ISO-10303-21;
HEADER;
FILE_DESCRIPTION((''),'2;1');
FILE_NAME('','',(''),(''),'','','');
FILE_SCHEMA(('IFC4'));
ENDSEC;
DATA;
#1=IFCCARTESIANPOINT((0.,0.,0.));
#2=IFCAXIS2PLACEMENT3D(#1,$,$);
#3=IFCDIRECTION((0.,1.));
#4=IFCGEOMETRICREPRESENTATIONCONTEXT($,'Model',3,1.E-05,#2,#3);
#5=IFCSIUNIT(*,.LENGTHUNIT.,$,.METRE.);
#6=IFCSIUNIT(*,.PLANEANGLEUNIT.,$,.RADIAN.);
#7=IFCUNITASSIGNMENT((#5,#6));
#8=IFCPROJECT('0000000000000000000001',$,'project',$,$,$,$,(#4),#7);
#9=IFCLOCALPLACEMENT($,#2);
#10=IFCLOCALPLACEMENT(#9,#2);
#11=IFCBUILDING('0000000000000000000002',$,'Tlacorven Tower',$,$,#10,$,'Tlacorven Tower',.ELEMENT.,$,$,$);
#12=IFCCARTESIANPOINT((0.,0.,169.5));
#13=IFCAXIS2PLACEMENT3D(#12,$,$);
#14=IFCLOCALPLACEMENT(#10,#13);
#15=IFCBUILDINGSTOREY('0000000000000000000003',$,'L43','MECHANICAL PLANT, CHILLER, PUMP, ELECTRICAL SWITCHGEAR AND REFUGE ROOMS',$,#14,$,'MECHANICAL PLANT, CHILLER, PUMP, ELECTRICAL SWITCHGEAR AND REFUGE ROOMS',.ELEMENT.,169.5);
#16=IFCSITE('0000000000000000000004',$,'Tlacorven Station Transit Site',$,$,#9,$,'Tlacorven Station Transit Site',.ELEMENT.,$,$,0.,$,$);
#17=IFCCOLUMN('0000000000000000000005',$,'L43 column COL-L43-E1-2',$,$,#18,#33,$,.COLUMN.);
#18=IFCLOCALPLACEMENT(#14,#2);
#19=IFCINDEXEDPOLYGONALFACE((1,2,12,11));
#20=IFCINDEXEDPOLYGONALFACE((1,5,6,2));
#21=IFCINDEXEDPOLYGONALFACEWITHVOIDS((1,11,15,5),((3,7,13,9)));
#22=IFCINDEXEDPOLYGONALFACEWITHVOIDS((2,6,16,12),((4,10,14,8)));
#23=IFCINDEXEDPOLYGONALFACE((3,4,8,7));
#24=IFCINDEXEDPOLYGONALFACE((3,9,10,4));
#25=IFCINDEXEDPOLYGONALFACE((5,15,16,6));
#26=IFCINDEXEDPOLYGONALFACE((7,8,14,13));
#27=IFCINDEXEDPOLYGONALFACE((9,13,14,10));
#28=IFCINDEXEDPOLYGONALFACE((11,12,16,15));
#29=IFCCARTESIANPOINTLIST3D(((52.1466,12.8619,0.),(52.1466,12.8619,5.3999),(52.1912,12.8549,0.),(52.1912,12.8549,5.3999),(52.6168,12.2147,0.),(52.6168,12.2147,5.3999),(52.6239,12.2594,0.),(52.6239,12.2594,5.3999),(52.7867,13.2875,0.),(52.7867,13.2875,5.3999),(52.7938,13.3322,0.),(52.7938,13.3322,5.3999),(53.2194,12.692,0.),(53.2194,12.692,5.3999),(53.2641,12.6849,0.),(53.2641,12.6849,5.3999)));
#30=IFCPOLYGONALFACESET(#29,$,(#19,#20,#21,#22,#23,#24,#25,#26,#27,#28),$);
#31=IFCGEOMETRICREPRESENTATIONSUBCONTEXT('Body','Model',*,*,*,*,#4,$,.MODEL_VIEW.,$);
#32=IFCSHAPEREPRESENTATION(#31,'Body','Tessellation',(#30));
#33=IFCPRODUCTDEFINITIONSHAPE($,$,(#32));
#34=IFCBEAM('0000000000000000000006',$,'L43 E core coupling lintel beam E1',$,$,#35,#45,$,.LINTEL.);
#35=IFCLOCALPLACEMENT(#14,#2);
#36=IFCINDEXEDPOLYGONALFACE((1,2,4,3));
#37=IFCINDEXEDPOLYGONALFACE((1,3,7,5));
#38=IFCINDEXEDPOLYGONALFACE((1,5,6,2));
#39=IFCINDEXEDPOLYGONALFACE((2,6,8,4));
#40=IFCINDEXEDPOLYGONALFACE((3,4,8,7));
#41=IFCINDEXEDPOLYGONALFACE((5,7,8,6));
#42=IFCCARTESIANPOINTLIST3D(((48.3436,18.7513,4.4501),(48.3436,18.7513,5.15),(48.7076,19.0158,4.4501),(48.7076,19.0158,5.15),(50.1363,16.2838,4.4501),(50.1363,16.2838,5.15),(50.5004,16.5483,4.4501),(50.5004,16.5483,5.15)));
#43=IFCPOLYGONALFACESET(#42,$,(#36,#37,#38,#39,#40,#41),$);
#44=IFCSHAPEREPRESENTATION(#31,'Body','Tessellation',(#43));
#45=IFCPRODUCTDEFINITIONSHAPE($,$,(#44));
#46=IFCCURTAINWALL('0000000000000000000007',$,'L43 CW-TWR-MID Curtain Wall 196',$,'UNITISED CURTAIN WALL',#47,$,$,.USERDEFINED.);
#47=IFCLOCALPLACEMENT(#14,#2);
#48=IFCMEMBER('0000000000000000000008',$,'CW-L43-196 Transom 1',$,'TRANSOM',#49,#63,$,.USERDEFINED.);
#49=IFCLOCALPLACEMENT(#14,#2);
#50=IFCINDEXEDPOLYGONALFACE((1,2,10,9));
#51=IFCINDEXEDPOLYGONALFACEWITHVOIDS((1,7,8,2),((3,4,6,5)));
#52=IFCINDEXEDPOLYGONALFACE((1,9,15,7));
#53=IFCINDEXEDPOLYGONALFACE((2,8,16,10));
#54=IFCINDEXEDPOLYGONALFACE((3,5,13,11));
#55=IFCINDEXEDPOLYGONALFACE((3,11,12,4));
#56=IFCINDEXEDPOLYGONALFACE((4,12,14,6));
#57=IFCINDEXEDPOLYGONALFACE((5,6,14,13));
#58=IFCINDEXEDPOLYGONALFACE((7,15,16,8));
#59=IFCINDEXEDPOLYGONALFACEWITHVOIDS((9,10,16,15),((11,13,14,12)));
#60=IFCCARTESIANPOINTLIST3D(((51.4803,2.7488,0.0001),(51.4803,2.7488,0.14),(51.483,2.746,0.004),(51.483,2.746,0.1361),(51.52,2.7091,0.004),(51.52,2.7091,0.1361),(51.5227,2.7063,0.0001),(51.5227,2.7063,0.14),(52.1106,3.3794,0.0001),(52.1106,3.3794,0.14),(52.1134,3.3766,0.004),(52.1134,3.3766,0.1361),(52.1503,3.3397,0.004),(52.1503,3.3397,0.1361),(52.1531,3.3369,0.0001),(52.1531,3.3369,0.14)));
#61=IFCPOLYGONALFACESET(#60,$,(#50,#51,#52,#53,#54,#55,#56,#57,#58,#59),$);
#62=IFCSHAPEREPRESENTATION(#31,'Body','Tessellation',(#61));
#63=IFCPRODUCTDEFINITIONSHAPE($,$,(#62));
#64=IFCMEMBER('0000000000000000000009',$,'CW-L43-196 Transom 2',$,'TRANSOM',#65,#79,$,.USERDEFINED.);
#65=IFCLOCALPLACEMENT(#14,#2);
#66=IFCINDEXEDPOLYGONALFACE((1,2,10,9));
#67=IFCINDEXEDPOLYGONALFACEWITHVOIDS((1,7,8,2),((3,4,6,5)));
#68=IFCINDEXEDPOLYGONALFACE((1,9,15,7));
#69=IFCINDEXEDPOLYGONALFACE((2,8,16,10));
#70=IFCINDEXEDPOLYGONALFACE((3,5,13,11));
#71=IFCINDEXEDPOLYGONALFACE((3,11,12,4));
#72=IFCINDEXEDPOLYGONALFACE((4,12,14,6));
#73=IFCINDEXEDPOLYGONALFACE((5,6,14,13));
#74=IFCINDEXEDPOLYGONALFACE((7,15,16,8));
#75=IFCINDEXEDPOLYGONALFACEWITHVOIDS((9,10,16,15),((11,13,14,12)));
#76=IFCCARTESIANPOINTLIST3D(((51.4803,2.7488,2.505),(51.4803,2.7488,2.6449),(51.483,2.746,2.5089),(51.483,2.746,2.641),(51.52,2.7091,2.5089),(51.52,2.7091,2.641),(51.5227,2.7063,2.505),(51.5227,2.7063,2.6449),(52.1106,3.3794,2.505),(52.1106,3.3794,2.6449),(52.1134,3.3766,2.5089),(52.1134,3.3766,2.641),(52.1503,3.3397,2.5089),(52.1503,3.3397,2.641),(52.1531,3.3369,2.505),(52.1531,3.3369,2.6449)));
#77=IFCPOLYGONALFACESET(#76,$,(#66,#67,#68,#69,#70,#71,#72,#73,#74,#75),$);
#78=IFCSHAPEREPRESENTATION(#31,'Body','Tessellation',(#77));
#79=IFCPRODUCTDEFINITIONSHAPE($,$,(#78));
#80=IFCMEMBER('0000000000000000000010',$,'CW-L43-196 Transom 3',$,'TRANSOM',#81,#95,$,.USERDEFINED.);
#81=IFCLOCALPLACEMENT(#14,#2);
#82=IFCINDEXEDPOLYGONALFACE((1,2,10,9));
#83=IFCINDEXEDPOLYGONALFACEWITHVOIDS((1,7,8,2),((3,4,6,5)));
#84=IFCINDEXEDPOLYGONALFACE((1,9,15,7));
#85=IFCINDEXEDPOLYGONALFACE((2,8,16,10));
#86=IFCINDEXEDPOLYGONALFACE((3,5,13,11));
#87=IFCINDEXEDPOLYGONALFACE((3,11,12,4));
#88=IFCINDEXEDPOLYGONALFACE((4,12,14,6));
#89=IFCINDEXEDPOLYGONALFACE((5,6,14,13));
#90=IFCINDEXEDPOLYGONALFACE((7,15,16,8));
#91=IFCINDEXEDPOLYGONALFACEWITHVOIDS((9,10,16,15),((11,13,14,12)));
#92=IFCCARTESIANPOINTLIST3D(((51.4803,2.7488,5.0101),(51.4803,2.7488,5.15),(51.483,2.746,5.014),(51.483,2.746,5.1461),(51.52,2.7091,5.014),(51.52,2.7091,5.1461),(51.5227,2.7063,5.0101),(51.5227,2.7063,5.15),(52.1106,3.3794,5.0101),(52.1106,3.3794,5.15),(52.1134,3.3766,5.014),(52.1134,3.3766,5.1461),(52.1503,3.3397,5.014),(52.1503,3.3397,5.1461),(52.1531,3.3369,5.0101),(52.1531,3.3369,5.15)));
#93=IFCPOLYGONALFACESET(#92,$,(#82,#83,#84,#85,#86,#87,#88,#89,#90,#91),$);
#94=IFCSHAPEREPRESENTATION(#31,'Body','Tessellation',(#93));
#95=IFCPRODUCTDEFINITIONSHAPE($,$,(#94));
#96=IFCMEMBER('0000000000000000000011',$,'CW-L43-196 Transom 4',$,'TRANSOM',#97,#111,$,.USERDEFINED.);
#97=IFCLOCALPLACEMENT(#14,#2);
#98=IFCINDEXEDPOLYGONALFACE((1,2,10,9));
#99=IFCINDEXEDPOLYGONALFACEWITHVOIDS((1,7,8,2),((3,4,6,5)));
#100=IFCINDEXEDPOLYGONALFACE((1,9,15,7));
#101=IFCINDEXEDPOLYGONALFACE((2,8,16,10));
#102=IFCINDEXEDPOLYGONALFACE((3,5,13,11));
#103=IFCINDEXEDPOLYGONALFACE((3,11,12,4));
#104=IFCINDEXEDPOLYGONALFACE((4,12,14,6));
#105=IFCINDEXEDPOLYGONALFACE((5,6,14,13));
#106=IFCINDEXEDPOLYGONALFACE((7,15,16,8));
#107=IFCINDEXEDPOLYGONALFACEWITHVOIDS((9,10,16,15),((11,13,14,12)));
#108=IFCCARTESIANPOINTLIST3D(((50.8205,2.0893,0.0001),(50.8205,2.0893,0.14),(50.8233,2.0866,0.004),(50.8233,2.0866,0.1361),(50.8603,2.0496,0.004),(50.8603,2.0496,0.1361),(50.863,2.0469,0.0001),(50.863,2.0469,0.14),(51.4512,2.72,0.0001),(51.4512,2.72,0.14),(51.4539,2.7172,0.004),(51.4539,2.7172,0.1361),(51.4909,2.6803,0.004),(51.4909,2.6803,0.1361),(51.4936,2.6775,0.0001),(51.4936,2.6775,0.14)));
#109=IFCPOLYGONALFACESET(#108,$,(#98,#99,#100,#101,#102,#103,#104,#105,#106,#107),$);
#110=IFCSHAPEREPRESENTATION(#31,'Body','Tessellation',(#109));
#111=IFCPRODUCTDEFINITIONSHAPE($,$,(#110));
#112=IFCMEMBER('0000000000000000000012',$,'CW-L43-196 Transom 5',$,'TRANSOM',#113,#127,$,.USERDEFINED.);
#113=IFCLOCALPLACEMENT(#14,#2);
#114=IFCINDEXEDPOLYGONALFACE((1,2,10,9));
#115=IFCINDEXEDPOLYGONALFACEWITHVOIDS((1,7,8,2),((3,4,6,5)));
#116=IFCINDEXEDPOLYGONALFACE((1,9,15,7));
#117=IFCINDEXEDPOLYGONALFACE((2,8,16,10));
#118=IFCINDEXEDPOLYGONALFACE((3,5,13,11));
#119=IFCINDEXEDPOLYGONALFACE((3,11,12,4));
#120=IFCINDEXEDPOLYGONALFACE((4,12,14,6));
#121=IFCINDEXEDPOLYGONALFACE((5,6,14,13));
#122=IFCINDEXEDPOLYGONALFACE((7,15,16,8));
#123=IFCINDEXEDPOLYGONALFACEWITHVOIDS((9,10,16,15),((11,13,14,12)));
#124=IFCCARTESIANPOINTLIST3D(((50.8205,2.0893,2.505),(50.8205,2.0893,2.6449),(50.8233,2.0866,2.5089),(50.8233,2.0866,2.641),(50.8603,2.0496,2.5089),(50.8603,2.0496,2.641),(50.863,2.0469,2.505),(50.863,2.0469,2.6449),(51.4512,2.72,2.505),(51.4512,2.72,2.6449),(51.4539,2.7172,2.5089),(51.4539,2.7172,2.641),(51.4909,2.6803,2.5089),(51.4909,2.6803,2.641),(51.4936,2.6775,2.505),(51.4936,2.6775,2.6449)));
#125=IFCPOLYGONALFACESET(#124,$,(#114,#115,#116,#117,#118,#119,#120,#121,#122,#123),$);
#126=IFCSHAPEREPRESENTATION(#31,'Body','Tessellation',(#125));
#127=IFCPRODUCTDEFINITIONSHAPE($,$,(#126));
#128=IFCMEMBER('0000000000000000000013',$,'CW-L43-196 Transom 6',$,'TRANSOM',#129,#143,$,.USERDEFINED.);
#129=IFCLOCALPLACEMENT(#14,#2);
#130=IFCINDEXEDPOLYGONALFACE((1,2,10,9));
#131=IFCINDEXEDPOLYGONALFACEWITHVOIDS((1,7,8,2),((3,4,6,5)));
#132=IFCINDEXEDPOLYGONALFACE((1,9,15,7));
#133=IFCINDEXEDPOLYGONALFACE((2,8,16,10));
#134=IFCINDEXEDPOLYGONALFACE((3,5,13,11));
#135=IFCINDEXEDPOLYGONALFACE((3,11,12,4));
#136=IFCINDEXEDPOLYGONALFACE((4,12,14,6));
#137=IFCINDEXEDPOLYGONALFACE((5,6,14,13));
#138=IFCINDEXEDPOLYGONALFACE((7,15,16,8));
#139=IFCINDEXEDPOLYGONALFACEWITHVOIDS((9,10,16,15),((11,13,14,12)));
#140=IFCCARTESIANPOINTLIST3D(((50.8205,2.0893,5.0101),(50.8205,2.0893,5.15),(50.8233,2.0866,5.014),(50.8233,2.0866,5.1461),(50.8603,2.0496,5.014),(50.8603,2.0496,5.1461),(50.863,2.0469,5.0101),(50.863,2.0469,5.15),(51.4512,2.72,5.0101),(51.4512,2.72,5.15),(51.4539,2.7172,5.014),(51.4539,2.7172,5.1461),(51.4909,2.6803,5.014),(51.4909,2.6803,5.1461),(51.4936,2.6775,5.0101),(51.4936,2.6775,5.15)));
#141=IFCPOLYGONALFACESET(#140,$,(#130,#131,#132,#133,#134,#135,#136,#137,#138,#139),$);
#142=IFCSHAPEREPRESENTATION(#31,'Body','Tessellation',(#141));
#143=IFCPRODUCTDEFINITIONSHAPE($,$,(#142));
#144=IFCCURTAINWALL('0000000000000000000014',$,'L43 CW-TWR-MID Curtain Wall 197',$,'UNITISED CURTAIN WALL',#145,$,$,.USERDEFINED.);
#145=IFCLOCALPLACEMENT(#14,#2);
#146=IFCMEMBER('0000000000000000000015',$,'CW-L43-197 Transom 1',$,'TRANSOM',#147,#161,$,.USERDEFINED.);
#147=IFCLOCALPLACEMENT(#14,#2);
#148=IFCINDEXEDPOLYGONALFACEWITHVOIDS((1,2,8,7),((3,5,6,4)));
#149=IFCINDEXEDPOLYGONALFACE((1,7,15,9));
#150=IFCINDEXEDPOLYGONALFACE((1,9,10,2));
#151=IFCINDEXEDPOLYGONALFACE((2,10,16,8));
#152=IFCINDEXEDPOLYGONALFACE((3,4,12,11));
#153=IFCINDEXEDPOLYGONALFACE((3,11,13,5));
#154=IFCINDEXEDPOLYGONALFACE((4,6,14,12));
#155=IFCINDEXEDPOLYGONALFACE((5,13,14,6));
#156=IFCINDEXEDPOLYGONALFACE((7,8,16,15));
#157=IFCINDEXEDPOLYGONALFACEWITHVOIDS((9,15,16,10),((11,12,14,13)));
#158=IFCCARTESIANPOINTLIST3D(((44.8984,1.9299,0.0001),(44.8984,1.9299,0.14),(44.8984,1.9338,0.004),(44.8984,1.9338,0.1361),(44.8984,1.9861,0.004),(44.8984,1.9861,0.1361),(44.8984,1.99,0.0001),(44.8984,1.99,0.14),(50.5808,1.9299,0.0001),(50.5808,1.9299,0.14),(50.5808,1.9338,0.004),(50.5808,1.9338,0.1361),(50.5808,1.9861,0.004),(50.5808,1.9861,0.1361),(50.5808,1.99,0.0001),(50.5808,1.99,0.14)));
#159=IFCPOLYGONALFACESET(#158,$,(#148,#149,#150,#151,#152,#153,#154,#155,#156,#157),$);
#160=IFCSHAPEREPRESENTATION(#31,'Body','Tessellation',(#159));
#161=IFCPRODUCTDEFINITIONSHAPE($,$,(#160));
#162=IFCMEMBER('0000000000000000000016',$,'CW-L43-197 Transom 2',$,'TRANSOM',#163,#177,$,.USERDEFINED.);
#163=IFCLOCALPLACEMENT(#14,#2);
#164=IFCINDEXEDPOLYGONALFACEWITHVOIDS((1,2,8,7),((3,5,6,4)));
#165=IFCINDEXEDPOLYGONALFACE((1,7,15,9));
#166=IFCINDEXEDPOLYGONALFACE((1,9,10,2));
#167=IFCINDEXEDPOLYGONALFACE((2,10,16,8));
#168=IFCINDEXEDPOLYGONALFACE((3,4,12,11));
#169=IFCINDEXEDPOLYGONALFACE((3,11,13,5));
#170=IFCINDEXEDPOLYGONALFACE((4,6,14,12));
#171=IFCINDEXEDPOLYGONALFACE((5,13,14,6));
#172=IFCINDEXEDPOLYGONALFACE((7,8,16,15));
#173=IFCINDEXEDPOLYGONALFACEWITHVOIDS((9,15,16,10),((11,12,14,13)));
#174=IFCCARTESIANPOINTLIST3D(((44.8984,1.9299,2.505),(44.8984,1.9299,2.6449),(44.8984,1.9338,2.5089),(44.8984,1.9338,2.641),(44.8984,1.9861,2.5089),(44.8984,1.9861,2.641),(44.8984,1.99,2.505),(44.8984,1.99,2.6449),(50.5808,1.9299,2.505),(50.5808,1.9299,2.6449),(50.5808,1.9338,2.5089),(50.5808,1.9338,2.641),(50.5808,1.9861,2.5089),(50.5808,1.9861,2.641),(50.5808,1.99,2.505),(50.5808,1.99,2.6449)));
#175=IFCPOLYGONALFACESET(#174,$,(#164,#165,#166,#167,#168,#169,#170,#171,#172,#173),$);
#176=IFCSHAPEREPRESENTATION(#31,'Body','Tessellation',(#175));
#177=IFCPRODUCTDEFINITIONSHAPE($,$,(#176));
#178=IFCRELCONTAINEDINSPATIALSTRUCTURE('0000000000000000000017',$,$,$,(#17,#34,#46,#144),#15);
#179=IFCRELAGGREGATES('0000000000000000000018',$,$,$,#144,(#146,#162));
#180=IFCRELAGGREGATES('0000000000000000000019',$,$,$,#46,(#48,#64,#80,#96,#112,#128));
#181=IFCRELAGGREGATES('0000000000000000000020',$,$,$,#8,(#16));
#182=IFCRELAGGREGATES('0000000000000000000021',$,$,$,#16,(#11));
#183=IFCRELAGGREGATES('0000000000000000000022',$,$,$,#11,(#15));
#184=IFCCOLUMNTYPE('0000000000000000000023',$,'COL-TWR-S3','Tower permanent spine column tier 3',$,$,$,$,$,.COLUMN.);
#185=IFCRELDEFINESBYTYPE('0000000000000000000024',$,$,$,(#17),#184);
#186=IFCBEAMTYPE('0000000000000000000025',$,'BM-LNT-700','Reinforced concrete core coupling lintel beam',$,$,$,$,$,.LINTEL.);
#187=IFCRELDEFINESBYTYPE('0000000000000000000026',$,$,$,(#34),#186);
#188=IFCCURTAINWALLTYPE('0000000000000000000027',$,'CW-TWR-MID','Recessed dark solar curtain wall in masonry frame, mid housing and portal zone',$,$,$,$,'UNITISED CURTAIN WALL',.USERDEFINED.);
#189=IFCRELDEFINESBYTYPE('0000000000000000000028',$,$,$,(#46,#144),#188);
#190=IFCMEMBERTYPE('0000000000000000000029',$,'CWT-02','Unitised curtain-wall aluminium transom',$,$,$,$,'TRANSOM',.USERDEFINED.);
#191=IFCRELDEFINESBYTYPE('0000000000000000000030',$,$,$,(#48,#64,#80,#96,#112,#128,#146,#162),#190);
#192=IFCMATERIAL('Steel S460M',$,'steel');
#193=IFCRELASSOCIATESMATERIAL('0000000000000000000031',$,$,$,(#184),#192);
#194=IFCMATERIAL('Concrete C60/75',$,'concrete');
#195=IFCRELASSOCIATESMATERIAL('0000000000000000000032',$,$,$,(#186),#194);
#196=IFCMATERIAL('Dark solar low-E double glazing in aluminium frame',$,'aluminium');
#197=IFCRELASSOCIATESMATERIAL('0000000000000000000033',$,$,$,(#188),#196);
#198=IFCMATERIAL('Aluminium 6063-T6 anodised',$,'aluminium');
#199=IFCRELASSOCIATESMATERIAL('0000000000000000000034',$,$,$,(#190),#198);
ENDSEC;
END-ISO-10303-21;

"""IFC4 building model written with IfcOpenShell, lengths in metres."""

from ifc_helpers import new_model, si_unit, direction, frame, origin, origin_2d, place, context, subcontext, project, spatial, rectangle, hollow_rectangle, extrude, source, transform, mapped, material, material_profile, profile_set, type_object, element, aggregate, save


model = new_model("IFC4")

# Units and contexts
model_context = context("Model", 3, precision=1e-05, world=origin(), true_north=direction((0.0, 1.0)))
body_context = subcontext(model_context, "Body", "Model", "MODEL_VIEW")
ifc_project = project(units=[si_unit("LENGTHUNIT", "METRE"), si_unit("PLANEANGLEUNIT", "RADIAN")], contexts=[model_context])

# Site, building, storey
site_placement = place(None, origin())
site = spatial("IfcSite", under=ifc_project, at=site_placement, Name="Tlacorven Station Transit Site", LongName="Tlacorven Station Transit Site", CompositionType="ELEMENT", RefElevation=0.0)
building_placement = place(site_placement, origin())
building = spatial("IfcBuilding", under=site, at=building_placement, Name="Tlacorven Tower", LongName="Tlacorven Tower", CompositionType="ELEMENT")
storey_placement = place(building_placement, frame((0.0, 0.0, 169.5)))
storey = spatial("IfcBuildingStorey", under=building, at=storey_placement, Name="L43", Description="MECHANICAL PLANT, CHILLER, PUMP, ELECTRICAL SWITCHGEAR AND REFUGE ROOMS", LongName="MECHANICAL PLANT, CHILLER, PUMP, ELECTRICAL SWITCHGEAR AND REFUGE ROOMS", CompositionType="ELEMENT", Elevation=169.5)

# Column
ifc_material_1 = material(Name="Steel S460M", Category="steel")
ifc_material_profile_1 = material_profile(ifc_material_1, hollow_rectangle(XDim=0.8, YDim=0.8, WallThickness=0.032, at=origin_2d()), Name="BOX 800X800X32")
ifc_profile_set_1 = profile_set([ifc_material_profile_1], Name="Steel S460M")
column_type = type_object("IfcColumnType", Name="COL-TWR-S3", Description="Tower permanent spine column tier 3", PredefinedType="COLUMN", material=ifc_profile_set_1)
shared_shape_1 = source(origin(), body_context, "Body", "SweptSolid", [
    extrude(hollow_rectangle(XDim=0.8, YDim=0.8, WallThickness=0.032, at=origin_2d()), origin(), (0.0, 0.0, 1.0), 5.3999),
])
column_placement = place(storey_placement, frame((52.7053, 12.7734, 0.0), z_axis=(0.0, 0.0, 1.0), x_axis=(0.809017, 0.587785, 0.0)))
element("IfcColumn", 1, at=column_placement, inside=storey, type_object=column_type, Name="L43 column COL-L43-E1-2", PredefinedType="COLUMN", context=body_context, shape_type="MappedRepresentation", body=[
    mapped(shared_shape_1, transform((0.0, 0.0, 0.0), scale=1.0)),
])

# Beam
ifc_material_2 = material(Name="Concrete C60/75", Category="concrete")
ifc_material_profile_2 = material_profile(ifc_material_2, rectangle(XDim=0.45, YDim=0.7, at=origin_2d()), Name="RC 450X700")
ifc_profile_set_2 = profile_set([ifc_material_profile_2], Name="Concrete C60/75")
beam_type = type_object("IfcBeamType", Name="BM-LNT-700", Description="Reinforced concrete core coupling lintel beam", PredefinedType="LINTEL", material=ifc_profile_set_2)
shared_shape_2 = source(origin(), body_context, "Body", "SweptSolid", [
    extrude(rectangle(XDim=0.45, YDim=0.7, at=origin_2d()), origin(), (0.0, 0.0, 1.0), 3.05),
])
beam_placement = place(storey_placement, frame((50.3184, 16.416, 4.8), z_axis=(-0.587777, 0.809023, 0.0), x_axis=(-0.809023, -0.587777, 0.0)))
element("IfcBeam", 2, at=beam_placement, inside=storey, type_object=beam_type, Name="L43 E core coupling lintel beam E1", PredefinedType="LINTEL", context=body_context, shape_type="MappedRepresentation", body=[
    mapped(shared_shape_2, transform((0.0, 0.0, 0.0), scale=1.0)),
])

# Curtain walls, members
ifc_material_3 = material(Name="Dark solar low-E double glazing in aluminium frame", Category="aluminium")
curtain_wall_type = type_object("IfcCurtainWallType", Name="CW-TWR-MID", Description="Recessed dark solar curtain wall in masonry frame, mid housing and portal zone", ElementType="UNITISED CURTAIN WALL", PredefinedType="USERDEFINED", material=ifc_material_3)
curtain_wall_1_placement = place(storey_placement, origin())
curtain_wall_1 = element("IfcCurtainWall", 3, at=curtain_wall_1_placement, inside=storey, type_object=curtain_wall_type, Name="L43 CW-TWR-MID Curtain Wall 196", ObjectType="UNITISED CURTAIN WALL", PredefinedType="USERDEFINED")
ifc_material_4 = material(Name="Aluminium 6063-T6 anodised", Category="aluminium")
ifc_material_profile_3 = material_profile(ifc_material_4, hollow_rectangle(XDim=0.0601, YDim=0.1399, WallThickness=0.0039, at=origin_2d()), Name="ALU TRANSOM 60X140")
ifc_profile_set_3 = profile_set([ifc_material_profile_3], Name="Aluminium 6063-T6 anodised")
member_type_1 = type_object("IfcMemberType", Name="CWT-02", Description="Unitised curtain-wall aluminium transom", ElementType="TRANSOM", PredefinedType="USERDEFINED", material=ifc_profile_set_3)
shared_shape_3 = source(origin(), body_context, "Body", "SweptSolid", [
    extrude(hollow_rectangle(XDim=0.0601, YDim=0.1399, WallThickness=0.0039, at=origin_2d()), origin(), (0.0, 0.0, 1.0), 0.8916),
])
member_1_placement = place(storey_placement, frame((52.1318, 3.3582, 0.0701), z_axis=(-0.70697, -0.707244, 0.0), x_axis=(0.707244, -0.70697, 0.0)))
member_1 = element("IfcMember", 4, at=member_1_placement, type_object=member_type_1, Name="CW-L43-196 Transom 1", ObjectType="TRANSOM", PredefinedType="USERDEFINED", context=body_context, shape_type="MappedRepresentation", body=[
    mapped(shared_shape_3, transform((0.0, 0.0, 0.0), scale=1.0)),
])
member_2_placement = place(storey_placement, frame((52.1318, 3.3582, 2.575), z_axis=(-0.70697, -0.707244, 0.0), x_axis=(0.707244, -0.70697, 0.0)))
member_2 = element("IfcMember", 5, at=member_2_placement, type_object=member_type_1, Name="CW-L43-196 Transom 2", ObjectType="TRANSOM", PredefinedType="USERDEFINED", context=body_context, shape_type="MappedRepresentation", body=[
    mapped(shared_shape_3, transform((0.0, 0.0, 0.0), scale=1.0)),
])
member_3_placement = place(storey_placement, frame((52.1318, 3.3582, 5.0801), z_axis=(-0.70697, -0.707244, 0.0), x_axis=(0.707244, -0.70697, 0.0)))
member_3 = element("IfcMember", 6, at=member_3_placement, type_object=member_type_1, Name="CW-L43-196 Transom 3", ObjectType="TRANSOM", PredefinedType="USERDEFINED", context=body_context, shape_type="MappedRepresentation", body=[
    mapped(shared_shape_3, transform((0.0, 0.0, 0.0), scale=1.0)),
])
shared_shape_4 = source(origin(), body_context, "Body", "SweptSolid", [
    extrude(hollow_rectangle(XDim=0.0601, YDim=0.1399, WallThickness=0.0039, at=origin_2d()), origin(), (0.0, 0.0, 1.0), 0.8918),
])
member_4_placement = place(storey_placement, frame((51.4724, 2.6987, 0.0701), z_axis=(-0.707107, -0.707107, 0.0), x_axis=(0.707107, -0.707107, 0.0)))
member_4 = element("IfcMember", 7, at=member_4_placement, type_object=member_type_1, Name="CW-L43-196 Transom 4", ObjectType="TRANSOM", PredefinedType="USERDEFINED", context=body_context, shape_type="MappedRepresentation", body=[
    mapped(shared_shape_4, transform((0.0, 0.0, 0.0), scale=1.0)),
])
member_5_placement = place(storey_placement, frame((51.4724, 2.6987, 2.575), z_axis=(-0.707107, -0.707107, 0.0), x_axis=(0.707107, -0.707107, 0.0)))
member_5 = element("IfcMember", 8, at=member_5_placement, type_object=member_type_1, Name="CW-L43-196 Transom 5", ObjectType="TRANSOM", PredefinedType="USERDEFINED", context=body_context, shape_type="MappedRepresentation", body=[
    mapped(shared_shape_4, transform((0.0, 0.0, 0.0), scale=1.0)),
])
member_6_placement = place(storey_placement, frame((51.4724, 2.6987, 5.0801), z_axis=(-0.707107, -0.707107, 0.0), x_axis=(0.707107, -0.707107, 0.0)))
member_6 = element("IfcMember", 9, at=member_6_placement, type_object=member_type_1, Name="CW-L43-196 Transom 6", ObjectType="TRANSOM", PredefinedType="USERDEFINED", context=body_context, shape_type="MappedRepresentation", body=[
    mapped(shared_shape_4, transform((0.0, 0.0, 0.0), scale=1.0)),
])
curtain_wall_2_placement = place(storey_placement, origin())
curtain_wall_2 = element("IfcCurtainWall", 10, at=curtain_wall_2_placement, inside=storey, type_object=curtain_wall_type, Name="L43 CW-TWR-MID Curtain Wall 197", ObjectType="UNITISED CURTAIN WALL", PredefinedType="USERDEFINED")
shared_shape_5 = source(origin(), body_context, "Body", "SweptSolid", [
    extrude(hollow_rectangle(XDim=0.0601, YDim=0.1399, WallThickness=0.0039, at=origin_2d()), origin(), (0.0, 0.0, 1.0), 5.6824),
])
member_7_placement = place(storey_placement, frame((50.5808, 1.96, 0.0701), z_axis=(-1.0, 0.0, 0.0), x_axis=(0.0, -1.0, 0.0)))
member_7 = element("IfcMember", 11, at=member_7_placement, type_object=member_type_1, Name="CW-L43-197 Transom 1", ObjectType="TRANSOM", PredefinedType="USERDEFINED", context=body_context, shape_type="MappedRepresentation", body=[
    mapped(shared_shape_5, transform((0.0, 0.0, 0.0), scale=1.0)),
])
member_8_placement = place(storey_placement, frame((50.5808, 1.96, 2.575), z_axis=(-1.0, 0.0, 0.0), x_axis=(0.0, -1.0, 0.0)))
member_8 = element("IfcMember", 12, at=member_8_placement, type_object=member_type_1, Name="CW-L43-197 Transom 2", ObjectType="TRANSOM", PredefinedType="USERDEFINED", context=body_context, shape_type="MappedRepresentation", body=[
    mapped(shared_shape_5, transform((0.0, 0.0, 0.0), scale=1.0)),
])

aggregate(curtain_wall_2, [member_7, member_8])

aggregate(curtain_wall_1, [member_1, member_2, member_3, member_4, member_5, member_6])

save(model, "model.ifc")
